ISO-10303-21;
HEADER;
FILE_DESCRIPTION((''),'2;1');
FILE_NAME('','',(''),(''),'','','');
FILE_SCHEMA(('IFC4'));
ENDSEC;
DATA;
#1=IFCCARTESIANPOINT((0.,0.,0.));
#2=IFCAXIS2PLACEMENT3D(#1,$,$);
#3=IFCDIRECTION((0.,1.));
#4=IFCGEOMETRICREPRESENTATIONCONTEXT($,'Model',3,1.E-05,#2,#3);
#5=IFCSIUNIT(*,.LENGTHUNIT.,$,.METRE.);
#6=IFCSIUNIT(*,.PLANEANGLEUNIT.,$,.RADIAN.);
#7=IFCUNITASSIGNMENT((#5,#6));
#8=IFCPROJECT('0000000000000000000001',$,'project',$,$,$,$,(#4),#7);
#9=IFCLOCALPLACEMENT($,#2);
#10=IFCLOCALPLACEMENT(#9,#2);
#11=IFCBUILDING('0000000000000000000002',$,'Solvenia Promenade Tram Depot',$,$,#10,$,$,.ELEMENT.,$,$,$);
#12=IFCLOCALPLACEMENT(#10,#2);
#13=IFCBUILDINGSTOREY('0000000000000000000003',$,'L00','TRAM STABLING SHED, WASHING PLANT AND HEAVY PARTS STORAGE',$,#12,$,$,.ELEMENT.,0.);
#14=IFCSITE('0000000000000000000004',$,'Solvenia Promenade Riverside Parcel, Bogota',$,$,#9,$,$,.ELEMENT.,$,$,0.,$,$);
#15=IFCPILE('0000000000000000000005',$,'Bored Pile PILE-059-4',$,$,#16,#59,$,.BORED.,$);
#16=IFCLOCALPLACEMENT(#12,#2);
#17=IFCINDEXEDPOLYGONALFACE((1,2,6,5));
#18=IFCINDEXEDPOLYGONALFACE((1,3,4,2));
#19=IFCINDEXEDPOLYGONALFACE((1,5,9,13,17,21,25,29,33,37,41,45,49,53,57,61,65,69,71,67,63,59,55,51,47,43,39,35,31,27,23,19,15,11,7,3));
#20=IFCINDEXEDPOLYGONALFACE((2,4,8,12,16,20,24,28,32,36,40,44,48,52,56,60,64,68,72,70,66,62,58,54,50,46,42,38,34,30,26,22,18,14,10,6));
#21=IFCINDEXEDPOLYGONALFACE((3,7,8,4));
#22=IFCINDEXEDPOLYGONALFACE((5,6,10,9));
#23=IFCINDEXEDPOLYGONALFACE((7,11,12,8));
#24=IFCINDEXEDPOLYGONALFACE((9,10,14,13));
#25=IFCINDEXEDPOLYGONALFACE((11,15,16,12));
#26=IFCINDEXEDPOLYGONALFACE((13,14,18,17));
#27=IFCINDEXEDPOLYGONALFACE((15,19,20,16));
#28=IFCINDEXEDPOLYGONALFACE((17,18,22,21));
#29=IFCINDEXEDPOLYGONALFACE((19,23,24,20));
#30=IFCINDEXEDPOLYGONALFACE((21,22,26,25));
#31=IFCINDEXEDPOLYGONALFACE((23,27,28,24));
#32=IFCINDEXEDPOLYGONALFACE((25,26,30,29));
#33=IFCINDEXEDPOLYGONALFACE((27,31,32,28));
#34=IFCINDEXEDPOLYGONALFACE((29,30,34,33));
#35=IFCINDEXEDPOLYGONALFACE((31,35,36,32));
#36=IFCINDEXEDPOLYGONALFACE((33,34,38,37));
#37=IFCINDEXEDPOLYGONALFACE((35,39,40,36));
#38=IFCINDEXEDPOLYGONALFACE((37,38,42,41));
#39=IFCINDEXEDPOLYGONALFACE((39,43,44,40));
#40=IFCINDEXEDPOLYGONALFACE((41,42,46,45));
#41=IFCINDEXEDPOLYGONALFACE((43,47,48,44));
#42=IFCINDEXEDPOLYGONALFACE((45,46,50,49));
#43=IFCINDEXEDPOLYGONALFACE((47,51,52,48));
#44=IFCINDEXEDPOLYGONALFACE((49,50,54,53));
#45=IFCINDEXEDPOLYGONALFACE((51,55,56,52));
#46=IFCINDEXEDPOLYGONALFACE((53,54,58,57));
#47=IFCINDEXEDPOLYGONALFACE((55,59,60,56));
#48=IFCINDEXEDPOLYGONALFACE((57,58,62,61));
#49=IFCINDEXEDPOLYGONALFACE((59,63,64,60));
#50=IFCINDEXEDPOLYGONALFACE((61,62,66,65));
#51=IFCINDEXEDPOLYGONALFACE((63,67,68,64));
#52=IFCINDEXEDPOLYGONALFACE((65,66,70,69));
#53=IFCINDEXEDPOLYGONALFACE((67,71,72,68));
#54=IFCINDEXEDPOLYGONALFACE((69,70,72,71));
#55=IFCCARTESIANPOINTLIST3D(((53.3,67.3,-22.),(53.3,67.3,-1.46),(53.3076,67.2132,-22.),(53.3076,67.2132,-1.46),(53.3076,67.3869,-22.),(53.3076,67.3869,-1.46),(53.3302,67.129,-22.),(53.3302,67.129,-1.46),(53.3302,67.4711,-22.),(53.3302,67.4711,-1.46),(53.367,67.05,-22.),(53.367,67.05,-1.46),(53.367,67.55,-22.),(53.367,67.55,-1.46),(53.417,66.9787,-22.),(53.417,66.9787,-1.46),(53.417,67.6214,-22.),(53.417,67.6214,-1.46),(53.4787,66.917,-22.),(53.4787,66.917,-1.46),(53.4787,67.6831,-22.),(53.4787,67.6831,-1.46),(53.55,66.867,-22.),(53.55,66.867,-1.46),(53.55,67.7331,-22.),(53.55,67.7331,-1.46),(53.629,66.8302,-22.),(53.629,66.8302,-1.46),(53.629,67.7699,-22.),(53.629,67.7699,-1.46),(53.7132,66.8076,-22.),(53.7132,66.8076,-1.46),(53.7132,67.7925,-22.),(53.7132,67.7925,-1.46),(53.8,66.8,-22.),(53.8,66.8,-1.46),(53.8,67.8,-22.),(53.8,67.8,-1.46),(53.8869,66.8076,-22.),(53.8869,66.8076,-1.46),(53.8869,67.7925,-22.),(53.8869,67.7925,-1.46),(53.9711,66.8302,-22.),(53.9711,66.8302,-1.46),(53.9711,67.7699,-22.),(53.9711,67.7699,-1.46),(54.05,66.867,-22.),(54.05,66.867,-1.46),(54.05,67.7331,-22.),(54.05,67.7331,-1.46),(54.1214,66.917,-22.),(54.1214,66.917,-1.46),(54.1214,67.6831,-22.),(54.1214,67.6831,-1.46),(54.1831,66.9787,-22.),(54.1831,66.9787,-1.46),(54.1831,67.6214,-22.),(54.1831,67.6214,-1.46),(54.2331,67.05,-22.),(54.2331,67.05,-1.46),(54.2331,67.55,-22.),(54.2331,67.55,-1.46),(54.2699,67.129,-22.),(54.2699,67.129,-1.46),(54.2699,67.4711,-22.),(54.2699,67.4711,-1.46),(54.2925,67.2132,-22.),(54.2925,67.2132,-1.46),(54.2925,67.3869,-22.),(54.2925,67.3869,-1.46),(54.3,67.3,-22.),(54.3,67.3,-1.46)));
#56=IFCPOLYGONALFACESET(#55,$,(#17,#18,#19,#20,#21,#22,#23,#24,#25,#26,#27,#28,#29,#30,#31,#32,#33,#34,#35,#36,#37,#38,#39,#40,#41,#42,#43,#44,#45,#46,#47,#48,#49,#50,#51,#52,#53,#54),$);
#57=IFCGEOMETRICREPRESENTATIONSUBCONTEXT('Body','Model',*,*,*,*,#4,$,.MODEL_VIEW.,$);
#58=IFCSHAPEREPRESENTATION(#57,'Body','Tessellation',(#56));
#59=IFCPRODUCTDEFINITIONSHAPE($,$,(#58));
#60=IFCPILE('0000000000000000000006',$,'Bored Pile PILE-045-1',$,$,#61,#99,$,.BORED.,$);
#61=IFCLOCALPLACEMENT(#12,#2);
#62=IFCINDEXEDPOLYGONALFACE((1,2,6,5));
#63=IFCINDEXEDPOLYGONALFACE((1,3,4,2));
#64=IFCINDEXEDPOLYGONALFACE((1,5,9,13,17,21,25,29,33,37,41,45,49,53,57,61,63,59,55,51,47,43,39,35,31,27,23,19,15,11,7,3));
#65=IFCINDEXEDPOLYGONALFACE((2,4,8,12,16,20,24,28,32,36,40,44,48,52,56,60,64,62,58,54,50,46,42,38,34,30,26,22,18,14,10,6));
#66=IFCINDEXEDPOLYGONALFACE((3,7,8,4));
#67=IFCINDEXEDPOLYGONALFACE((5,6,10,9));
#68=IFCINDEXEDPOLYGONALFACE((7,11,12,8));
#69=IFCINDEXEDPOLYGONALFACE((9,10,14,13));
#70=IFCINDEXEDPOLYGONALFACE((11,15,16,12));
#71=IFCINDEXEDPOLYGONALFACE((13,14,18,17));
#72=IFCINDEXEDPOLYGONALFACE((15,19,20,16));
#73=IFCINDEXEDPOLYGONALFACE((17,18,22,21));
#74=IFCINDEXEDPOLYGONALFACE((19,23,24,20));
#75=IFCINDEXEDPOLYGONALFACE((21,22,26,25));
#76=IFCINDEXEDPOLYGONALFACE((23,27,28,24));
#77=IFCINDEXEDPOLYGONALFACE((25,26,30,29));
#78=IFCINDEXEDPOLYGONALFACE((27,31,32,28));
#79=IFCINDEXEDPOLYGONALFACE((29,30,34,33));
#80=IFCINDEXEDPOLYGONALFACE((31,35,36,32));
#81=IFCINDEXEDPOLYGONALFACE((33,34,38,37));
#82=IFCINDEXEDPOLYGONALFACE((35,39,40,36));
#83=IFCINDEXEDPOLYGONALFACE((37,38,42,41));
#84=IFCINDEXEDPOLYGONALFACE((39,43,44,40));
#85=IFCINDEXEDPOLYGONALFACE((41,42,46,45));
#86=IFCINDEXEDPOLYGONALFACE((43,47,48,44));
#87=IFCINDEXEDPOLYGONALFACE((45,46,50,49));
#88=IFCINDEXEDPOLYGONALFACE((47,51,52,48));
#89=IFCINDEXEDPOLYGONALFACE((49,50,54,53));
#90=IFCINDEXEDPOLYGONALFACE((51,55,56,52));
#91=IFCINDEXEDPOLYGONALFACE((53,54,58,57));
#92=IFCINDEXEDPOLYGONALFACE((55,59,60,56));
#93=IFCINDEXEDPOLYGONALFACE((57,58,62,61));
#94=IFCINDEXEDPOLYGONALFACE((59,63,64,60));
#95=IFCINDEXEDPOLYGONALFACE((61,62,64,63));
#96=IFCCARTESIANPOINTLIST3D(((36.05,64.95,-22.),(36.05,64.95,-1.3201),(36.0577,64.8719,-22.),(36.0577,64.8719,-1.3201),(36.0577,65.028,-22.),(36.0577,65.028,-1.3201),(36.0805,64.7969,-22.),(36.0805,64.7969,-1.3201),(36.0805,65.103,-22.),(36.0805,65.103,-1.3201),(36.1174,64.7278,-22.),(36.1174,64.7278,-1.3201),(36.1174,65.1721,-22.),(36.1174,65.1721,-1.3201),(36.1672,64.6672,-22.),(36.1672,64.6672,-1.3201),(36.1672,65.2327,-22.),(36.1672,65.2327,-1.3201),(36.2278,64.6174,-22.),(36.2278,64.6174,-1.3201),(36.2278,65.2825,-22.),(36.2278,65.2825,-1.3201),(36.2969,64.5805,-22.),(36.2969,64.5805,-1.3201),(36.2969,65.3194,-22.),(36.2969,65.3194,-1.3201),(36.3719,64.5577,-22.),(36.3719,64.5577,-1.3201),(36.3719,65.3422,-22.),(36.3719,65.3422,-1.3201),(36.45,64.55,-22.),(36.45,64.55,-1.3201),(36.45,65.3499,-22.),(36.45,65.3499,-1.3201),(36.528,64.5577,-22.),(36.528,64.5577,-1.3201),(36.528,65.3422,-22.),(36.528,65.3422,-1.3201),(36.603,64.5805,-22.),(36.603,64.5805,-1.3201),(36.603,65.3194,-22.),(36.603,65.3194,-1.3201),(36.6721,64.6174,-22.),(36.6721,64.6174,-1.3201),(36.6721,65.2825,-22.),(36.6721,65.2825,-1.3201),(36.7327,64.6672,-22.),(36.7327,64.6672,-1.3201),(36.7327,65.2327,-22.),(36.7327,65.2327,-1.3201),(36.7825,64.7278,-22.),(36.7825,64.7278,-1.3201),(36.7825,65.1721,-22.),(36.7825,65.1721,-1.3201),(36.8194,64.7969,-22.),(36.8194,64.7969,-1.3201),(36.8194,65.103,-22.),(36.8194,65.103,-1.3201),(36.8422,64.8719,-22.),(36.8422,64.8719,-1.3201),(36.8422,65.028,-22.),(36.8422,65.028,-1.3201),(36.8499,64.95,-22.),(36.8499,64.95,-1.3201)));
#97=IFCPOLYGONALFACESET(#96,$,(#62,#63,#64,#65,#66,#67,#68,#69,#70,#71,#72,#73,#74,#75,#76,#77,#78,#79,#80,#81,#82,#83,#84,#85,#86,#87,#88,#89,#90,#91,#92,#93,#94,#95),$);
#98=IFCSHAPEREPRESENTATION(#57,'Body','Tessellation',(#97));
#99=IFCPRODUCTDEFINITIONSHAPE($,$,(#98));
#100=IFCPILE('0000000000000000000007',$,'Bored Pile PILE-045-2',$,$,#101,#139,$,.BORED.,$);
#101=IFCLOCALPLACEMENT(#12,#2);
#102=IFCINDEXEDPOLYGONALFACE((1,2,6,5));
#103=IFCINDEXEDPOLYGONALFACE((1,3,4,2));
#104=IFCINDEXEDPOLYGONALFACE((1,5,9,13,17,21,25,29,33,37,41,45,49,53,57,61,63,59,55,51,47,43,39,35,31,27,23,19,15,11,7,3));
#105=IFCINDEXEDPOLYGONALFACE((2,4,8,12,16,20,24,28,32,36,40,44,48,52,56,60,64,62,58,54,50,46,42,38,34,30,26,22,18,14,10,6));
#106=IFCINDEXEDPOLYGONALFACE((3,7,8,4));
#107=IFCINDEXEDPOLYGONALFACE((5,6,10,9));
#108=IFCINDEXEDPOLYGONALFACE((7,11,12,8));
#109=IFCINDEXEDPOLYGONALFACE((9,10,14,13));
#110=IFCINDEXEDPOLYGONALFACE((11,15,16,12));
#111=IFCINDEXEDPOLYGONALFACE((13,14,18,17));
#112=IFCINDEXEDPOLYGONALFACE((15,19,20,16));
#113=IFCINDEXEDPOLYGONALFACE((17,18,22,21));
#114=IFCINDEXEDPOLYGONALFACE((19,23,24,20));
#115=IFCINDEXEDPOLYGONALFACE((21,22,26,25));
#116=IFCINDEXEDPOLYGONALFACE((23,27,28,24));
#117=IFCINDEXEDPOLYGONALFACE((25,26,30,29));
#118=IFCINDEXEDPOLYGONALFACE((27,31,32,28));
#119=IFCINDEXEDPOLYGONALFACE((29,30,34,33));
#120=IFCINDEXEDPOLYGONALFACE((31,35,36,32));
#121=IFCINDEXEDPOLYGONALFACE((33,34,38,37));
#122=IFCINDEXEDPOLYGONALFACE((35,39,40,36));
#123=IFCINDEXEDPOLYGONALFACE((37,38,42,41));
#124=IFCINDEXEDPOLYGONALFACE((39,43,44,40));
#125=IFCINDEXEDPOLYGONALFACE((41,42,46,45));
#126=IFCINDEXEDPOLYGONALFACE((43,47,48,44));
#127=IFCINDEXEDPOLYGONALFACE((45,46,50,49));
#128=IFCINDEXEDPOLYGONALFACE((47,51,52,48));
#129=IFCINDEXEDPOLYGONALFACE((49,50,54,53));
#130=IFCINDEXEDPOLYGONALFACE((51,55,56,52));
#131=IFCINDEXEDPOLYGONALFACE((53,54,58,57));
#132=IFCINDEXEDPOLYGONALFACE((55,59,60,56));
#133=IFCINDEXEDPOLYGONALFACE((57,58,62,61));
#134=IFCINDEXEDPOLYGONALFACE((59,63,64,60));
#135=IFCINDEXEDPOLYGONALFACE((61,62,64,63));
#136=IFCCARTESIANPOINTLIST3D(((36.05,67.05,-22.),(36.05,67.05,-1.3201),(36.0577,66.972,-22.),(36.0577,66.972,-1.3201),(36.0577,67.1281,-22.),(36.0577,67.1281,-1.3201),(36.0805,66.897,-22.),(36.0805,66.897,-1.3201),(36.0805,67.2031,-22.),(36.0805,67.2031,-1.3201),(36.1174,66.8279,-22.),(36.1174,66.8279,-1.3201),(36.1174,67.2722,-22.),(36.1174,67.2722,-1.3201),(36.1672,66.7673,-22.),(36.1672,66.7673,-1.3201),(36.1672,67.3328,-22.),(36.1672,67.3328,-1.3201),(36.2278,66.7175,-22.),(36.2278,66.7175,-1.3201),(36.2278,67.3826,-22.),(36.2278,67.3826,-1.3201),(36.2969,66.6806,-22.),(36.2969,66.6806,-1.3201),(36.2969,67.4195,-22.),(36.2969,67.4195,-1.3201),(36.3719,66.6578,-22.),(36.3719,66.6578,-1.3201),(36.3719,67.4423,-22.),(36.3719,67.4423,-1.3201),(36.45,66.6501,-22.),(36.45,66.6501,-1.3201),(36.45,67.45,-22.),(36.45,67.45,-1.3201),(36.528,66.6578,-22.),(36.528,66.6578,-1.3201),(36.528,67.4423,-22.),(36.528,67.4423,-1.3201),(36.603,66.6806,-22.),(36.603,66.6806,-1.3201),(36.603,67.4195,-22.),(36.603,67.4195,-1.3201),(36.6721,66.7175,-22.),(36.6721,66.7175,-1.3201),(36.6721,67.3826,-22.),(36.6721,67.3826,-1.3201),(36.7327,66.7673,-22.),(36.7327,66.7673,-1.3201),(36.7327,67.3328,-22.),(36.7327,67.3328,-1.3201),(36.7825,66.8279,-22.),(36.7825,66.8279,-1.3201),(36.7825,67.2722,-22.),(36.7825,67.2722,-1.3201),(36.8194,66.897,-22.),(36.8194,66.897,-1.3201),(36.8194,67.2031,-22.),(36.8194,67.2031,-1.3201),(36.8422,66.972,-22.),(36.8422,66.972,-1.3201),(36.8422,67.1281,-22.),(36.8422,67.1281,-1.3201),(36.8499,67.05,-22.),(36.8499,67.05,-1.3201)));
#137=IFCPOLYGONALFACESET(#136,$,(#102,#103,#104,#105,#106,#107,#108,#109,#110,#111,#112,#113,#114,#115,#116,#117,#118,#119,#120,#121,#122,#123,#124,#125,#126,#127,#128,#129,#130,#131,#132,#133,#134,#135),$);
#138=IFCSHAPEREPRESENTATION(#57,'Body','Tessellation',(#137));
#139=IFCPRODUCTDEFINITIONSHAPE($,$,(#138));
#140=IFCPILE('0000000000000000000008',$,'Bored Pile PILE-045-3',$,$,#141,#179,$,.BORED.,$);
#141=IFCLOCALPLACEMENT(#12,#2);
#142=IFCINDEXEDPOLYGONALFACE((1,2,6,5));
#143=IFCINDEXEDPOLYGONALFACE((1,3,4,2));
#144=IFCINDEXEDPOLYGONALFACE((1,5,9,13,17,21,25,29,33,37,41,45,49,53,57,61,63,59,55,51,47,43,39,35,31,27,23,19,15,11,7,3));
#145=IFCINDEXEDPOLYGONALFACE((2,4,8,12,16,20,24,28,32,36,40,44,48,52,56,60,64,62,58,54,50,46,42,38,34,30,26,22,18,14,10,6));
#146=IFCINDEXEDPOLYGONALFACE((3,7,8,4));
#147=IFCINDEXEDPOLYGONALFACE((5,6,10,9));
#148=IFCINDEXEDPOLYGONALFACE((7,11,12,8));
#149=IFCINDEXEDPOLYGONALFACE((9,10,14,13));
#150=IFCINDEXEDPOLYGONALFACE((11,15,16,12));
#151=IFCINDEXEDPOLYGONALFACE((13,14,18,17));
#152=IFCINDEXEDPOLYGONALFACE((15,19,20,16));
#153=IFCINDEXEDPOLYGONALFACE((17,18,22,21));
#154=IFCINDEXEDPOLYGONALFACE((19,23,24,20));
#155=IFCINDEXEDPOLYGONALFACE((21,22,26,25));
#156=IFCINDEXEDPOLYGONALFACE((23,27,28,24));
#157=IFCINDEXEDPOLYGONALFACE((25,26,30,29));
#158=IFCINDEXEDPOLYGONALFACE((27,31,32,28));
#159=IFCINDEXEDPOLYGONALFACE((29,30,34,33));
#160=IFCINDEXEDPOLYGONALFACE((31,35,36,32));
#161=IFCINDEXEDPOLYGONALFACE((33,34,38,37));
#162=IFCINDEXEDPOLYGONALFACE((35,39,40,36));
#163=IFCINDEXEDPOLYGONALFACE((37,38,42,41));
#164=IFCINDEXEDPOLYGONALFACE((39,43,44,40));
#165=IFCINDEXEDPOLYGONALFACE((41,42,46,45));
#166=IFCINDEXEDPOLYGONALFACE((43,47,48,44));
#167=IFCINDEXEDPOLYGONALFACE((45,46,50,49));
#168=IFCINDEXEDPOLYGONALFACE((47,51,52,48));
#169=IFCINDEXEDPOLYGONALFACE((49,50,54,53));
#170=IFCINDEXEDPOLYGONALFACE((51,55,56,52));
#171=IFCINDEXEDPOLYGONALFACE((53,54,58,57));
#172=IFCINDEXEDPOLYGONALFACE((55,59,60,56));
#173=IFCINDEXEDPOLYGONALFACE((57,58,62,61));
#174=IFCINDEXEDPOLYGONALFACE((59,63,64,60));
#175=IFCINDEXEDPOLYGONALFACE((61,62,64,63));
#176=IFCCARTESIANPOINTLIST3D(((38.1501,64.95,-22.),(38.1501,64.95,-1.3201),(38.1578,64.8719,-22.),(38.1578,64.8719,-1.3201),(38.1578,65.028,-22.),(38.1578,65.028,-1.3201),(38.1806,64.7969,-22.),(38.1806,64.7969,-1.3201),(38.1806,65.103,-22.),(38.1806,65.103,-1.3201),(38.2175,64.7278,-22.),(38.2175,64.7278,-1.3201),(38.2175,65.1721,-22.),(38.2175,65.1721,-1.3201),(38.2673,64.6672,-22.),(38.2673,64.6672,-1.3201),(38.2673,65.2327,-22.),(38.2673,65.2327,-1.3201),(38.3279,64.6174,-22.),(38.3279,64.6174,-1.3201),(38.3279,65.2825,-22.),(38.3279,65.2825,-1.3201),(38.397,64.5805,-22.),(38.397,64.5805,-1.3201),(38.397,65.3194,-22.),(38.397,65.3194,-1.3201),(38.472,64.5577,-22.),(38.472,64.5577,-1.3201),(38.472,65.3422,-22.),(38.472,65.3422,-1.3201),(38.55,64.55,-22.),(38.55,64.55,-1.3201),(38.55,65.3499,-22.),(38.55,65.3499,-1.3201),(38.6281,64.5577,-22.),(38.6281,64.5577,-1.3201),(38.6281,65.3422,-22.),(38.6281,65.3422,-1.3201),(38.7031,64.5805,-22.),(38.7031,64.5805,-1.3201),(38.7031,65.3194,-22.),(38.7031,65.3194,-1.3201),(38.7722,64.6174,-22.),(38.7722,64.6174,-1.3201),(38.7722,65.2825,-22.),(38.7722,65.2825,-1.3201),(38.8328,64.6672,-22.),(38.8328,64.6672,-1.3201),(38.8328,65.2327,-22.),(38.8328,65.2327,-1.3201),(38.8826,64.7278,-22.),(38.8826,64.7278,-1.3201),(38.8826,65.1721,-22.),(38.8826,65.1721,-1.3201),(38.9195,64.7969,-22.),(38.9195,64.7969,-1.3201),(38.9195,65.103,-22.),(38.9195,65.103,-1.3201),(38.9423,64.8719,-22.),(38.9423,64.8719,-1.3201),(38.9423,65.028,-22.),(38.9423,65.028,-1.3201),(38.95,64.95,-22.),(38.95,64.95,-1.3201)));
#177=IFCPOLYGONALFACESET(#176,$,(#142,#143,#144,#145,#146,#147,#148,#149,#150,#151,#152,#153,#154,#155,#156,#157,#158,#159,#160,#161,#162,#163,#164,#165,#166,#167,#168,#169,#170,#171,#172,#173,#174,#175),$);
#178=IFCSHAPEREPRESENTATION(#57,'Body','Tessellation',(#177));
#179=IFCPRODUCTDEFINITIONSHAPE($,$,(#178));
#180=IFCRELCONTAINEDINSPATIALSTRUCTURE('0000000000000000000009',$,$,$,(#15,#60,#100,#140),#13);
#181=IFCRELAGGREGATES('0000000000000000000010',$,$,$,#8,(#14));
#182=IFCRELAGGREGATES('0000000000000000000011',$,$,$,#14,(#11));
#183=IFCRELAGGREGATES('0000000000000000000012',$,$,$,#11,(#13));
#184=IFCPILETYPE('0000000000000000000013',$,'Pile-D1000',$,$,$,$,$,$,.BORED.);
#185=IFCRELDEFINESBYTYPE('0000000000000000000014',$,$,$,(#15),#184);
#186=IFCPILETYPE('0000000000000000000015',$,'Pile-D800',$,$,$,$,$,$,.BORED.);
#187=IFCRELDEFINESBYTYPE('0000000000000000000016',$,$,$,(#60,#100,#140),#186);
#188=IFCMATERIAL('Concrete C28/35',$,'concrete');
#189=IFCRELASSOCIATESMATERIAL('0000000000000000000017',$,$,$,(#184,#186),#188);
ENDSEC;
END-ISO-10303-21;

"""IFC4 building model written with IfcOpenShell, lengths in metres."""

from ifc_helpers import new_model, si_unit, direction, frame, origin, origin_2d, place, context, subcontext, project, spatial, circle, extrude, material, material_profile, profile_set, type_object, element, save


model = new_model("IFC4")

# Units and contexts
model_context = context("Model", 3, precision=1e-05, world=origin(), true_north=direction((0.0, 1.0)))
body_context = subcontext(model_context, "Body", "Model", "MODEL_VIEW")
ifc_project = project(units=[si_unit("LENGTHUNIT", "METRE"), si_unit("PLANEANGLEUNIT", "RADIAN")], contexts=[model_context])

# Site, building, storey
site_placement = place(None, origin())
site = spatial("IfcSite", under=ifc_project, at=site_placement, Name="Solvenia Promenade Riverside Parcel, Bogota", CompositionType="ELEMENT", RefElevation=0.0)
building_placement = place(site_placement, origin())
building = spatial("IfcBuilding", under=site, at=building_placement, Name="Solvenia Promenade Tram Depot", CompositionType="ELEMENT")
storey_placement = place(building_placement, origin())
storey = spatial("IfcBuildingStorey", under=building, at=storey_placement, Name="L00", Description="TRAM STABLING SHED, WASHING PLANT AND HEAVY PARTS STORAGE", CompositionType="ELEMENT", Elevation=0.0)

# Shared definitions
ifc_material_1 = material(Name="Concrete C28/35", Category="concrete")

# Piles
ifc_material_profile_1 = material_profile(ifc_material_1, circle(Radius=0.5, at=origin_2d()), Name="D1000", Category="concrete")
ifc_profile_set_1 = profile_set([ifc_material_profile_1], Name="Concrete C28/35")
pile_type_1 = type_object("IfcPileType", Name="Pile-D1000", PredefinedType="BORED", material=ifc_profile_set_1)
for number, where, z_axis, x_axis, name in (
    (1, (53.8, 67.3, -1.46), (0.0, 0.0, -1.0), (1.0, 0.0, 0.0), "Bored Pile PILE-059-4"),
):
    element("IfcPile", number, at=place(storey_placement, frame(where, z_axis=z_axis, x_axis=x_axis)), inside=storey, type_object=pile_type_1, Name=name, PredefinedType="BORED", context=body_context, shape_type="SweptSolid", body=[
        extrude(circle(Radius=0.5, at=origin_2d()), origin(), (0.0, 0.0, 1.0), 20.54),
    ])
ifc_material_profile_2 = material_profile(ifc_material_1, circle(Radius=0.3999, at=origin_2d()), Name="D800", Category="concrete")
ifc_profile_set_2 = profile_set([ifc_material_profile_2], Name="Concrete C28/35")
pile_type_2 = type_object("IfcPileType", Name="Pile-D800", PredefinedType="BORED", material=ifc_profile_set_2)
for number, where, z_axis, x_axis, name in (
    (2, (36.45, 64.95, -1.3201), (0.0, 0.0, -1.0), (1.0, 0.0, 0.0), "Bored Pile PILE-045-1"),
    (3, (36.45, 67.05, -1.3201), (0.0, 0.0, -1.0), (1.0, 0.0, 0.0), "Bored Pile PILE-045-2"),
    (4, (38.55, 64.95, -1.3201), (0.0, 0.0, -1.0), (1.0, 0.0, 0.0), "Bored Pile PILE-045-3"),
):
    element("IfcPile", number, at=place(storey_placement, frame(where, z_axis=z_axis, x_axis=x_axis)), inside=storey, type_object=pile_type_2, Name=name, PredefinedType="BORED", context=body_context, shape_type="SweptSolid", body=[
        extrude(circle(Radius=0.3999, at=origin_2d()), origin(), (0.0, 0.0, 1.0), 20.6799),
    ])

save(model, "model.ifc")
